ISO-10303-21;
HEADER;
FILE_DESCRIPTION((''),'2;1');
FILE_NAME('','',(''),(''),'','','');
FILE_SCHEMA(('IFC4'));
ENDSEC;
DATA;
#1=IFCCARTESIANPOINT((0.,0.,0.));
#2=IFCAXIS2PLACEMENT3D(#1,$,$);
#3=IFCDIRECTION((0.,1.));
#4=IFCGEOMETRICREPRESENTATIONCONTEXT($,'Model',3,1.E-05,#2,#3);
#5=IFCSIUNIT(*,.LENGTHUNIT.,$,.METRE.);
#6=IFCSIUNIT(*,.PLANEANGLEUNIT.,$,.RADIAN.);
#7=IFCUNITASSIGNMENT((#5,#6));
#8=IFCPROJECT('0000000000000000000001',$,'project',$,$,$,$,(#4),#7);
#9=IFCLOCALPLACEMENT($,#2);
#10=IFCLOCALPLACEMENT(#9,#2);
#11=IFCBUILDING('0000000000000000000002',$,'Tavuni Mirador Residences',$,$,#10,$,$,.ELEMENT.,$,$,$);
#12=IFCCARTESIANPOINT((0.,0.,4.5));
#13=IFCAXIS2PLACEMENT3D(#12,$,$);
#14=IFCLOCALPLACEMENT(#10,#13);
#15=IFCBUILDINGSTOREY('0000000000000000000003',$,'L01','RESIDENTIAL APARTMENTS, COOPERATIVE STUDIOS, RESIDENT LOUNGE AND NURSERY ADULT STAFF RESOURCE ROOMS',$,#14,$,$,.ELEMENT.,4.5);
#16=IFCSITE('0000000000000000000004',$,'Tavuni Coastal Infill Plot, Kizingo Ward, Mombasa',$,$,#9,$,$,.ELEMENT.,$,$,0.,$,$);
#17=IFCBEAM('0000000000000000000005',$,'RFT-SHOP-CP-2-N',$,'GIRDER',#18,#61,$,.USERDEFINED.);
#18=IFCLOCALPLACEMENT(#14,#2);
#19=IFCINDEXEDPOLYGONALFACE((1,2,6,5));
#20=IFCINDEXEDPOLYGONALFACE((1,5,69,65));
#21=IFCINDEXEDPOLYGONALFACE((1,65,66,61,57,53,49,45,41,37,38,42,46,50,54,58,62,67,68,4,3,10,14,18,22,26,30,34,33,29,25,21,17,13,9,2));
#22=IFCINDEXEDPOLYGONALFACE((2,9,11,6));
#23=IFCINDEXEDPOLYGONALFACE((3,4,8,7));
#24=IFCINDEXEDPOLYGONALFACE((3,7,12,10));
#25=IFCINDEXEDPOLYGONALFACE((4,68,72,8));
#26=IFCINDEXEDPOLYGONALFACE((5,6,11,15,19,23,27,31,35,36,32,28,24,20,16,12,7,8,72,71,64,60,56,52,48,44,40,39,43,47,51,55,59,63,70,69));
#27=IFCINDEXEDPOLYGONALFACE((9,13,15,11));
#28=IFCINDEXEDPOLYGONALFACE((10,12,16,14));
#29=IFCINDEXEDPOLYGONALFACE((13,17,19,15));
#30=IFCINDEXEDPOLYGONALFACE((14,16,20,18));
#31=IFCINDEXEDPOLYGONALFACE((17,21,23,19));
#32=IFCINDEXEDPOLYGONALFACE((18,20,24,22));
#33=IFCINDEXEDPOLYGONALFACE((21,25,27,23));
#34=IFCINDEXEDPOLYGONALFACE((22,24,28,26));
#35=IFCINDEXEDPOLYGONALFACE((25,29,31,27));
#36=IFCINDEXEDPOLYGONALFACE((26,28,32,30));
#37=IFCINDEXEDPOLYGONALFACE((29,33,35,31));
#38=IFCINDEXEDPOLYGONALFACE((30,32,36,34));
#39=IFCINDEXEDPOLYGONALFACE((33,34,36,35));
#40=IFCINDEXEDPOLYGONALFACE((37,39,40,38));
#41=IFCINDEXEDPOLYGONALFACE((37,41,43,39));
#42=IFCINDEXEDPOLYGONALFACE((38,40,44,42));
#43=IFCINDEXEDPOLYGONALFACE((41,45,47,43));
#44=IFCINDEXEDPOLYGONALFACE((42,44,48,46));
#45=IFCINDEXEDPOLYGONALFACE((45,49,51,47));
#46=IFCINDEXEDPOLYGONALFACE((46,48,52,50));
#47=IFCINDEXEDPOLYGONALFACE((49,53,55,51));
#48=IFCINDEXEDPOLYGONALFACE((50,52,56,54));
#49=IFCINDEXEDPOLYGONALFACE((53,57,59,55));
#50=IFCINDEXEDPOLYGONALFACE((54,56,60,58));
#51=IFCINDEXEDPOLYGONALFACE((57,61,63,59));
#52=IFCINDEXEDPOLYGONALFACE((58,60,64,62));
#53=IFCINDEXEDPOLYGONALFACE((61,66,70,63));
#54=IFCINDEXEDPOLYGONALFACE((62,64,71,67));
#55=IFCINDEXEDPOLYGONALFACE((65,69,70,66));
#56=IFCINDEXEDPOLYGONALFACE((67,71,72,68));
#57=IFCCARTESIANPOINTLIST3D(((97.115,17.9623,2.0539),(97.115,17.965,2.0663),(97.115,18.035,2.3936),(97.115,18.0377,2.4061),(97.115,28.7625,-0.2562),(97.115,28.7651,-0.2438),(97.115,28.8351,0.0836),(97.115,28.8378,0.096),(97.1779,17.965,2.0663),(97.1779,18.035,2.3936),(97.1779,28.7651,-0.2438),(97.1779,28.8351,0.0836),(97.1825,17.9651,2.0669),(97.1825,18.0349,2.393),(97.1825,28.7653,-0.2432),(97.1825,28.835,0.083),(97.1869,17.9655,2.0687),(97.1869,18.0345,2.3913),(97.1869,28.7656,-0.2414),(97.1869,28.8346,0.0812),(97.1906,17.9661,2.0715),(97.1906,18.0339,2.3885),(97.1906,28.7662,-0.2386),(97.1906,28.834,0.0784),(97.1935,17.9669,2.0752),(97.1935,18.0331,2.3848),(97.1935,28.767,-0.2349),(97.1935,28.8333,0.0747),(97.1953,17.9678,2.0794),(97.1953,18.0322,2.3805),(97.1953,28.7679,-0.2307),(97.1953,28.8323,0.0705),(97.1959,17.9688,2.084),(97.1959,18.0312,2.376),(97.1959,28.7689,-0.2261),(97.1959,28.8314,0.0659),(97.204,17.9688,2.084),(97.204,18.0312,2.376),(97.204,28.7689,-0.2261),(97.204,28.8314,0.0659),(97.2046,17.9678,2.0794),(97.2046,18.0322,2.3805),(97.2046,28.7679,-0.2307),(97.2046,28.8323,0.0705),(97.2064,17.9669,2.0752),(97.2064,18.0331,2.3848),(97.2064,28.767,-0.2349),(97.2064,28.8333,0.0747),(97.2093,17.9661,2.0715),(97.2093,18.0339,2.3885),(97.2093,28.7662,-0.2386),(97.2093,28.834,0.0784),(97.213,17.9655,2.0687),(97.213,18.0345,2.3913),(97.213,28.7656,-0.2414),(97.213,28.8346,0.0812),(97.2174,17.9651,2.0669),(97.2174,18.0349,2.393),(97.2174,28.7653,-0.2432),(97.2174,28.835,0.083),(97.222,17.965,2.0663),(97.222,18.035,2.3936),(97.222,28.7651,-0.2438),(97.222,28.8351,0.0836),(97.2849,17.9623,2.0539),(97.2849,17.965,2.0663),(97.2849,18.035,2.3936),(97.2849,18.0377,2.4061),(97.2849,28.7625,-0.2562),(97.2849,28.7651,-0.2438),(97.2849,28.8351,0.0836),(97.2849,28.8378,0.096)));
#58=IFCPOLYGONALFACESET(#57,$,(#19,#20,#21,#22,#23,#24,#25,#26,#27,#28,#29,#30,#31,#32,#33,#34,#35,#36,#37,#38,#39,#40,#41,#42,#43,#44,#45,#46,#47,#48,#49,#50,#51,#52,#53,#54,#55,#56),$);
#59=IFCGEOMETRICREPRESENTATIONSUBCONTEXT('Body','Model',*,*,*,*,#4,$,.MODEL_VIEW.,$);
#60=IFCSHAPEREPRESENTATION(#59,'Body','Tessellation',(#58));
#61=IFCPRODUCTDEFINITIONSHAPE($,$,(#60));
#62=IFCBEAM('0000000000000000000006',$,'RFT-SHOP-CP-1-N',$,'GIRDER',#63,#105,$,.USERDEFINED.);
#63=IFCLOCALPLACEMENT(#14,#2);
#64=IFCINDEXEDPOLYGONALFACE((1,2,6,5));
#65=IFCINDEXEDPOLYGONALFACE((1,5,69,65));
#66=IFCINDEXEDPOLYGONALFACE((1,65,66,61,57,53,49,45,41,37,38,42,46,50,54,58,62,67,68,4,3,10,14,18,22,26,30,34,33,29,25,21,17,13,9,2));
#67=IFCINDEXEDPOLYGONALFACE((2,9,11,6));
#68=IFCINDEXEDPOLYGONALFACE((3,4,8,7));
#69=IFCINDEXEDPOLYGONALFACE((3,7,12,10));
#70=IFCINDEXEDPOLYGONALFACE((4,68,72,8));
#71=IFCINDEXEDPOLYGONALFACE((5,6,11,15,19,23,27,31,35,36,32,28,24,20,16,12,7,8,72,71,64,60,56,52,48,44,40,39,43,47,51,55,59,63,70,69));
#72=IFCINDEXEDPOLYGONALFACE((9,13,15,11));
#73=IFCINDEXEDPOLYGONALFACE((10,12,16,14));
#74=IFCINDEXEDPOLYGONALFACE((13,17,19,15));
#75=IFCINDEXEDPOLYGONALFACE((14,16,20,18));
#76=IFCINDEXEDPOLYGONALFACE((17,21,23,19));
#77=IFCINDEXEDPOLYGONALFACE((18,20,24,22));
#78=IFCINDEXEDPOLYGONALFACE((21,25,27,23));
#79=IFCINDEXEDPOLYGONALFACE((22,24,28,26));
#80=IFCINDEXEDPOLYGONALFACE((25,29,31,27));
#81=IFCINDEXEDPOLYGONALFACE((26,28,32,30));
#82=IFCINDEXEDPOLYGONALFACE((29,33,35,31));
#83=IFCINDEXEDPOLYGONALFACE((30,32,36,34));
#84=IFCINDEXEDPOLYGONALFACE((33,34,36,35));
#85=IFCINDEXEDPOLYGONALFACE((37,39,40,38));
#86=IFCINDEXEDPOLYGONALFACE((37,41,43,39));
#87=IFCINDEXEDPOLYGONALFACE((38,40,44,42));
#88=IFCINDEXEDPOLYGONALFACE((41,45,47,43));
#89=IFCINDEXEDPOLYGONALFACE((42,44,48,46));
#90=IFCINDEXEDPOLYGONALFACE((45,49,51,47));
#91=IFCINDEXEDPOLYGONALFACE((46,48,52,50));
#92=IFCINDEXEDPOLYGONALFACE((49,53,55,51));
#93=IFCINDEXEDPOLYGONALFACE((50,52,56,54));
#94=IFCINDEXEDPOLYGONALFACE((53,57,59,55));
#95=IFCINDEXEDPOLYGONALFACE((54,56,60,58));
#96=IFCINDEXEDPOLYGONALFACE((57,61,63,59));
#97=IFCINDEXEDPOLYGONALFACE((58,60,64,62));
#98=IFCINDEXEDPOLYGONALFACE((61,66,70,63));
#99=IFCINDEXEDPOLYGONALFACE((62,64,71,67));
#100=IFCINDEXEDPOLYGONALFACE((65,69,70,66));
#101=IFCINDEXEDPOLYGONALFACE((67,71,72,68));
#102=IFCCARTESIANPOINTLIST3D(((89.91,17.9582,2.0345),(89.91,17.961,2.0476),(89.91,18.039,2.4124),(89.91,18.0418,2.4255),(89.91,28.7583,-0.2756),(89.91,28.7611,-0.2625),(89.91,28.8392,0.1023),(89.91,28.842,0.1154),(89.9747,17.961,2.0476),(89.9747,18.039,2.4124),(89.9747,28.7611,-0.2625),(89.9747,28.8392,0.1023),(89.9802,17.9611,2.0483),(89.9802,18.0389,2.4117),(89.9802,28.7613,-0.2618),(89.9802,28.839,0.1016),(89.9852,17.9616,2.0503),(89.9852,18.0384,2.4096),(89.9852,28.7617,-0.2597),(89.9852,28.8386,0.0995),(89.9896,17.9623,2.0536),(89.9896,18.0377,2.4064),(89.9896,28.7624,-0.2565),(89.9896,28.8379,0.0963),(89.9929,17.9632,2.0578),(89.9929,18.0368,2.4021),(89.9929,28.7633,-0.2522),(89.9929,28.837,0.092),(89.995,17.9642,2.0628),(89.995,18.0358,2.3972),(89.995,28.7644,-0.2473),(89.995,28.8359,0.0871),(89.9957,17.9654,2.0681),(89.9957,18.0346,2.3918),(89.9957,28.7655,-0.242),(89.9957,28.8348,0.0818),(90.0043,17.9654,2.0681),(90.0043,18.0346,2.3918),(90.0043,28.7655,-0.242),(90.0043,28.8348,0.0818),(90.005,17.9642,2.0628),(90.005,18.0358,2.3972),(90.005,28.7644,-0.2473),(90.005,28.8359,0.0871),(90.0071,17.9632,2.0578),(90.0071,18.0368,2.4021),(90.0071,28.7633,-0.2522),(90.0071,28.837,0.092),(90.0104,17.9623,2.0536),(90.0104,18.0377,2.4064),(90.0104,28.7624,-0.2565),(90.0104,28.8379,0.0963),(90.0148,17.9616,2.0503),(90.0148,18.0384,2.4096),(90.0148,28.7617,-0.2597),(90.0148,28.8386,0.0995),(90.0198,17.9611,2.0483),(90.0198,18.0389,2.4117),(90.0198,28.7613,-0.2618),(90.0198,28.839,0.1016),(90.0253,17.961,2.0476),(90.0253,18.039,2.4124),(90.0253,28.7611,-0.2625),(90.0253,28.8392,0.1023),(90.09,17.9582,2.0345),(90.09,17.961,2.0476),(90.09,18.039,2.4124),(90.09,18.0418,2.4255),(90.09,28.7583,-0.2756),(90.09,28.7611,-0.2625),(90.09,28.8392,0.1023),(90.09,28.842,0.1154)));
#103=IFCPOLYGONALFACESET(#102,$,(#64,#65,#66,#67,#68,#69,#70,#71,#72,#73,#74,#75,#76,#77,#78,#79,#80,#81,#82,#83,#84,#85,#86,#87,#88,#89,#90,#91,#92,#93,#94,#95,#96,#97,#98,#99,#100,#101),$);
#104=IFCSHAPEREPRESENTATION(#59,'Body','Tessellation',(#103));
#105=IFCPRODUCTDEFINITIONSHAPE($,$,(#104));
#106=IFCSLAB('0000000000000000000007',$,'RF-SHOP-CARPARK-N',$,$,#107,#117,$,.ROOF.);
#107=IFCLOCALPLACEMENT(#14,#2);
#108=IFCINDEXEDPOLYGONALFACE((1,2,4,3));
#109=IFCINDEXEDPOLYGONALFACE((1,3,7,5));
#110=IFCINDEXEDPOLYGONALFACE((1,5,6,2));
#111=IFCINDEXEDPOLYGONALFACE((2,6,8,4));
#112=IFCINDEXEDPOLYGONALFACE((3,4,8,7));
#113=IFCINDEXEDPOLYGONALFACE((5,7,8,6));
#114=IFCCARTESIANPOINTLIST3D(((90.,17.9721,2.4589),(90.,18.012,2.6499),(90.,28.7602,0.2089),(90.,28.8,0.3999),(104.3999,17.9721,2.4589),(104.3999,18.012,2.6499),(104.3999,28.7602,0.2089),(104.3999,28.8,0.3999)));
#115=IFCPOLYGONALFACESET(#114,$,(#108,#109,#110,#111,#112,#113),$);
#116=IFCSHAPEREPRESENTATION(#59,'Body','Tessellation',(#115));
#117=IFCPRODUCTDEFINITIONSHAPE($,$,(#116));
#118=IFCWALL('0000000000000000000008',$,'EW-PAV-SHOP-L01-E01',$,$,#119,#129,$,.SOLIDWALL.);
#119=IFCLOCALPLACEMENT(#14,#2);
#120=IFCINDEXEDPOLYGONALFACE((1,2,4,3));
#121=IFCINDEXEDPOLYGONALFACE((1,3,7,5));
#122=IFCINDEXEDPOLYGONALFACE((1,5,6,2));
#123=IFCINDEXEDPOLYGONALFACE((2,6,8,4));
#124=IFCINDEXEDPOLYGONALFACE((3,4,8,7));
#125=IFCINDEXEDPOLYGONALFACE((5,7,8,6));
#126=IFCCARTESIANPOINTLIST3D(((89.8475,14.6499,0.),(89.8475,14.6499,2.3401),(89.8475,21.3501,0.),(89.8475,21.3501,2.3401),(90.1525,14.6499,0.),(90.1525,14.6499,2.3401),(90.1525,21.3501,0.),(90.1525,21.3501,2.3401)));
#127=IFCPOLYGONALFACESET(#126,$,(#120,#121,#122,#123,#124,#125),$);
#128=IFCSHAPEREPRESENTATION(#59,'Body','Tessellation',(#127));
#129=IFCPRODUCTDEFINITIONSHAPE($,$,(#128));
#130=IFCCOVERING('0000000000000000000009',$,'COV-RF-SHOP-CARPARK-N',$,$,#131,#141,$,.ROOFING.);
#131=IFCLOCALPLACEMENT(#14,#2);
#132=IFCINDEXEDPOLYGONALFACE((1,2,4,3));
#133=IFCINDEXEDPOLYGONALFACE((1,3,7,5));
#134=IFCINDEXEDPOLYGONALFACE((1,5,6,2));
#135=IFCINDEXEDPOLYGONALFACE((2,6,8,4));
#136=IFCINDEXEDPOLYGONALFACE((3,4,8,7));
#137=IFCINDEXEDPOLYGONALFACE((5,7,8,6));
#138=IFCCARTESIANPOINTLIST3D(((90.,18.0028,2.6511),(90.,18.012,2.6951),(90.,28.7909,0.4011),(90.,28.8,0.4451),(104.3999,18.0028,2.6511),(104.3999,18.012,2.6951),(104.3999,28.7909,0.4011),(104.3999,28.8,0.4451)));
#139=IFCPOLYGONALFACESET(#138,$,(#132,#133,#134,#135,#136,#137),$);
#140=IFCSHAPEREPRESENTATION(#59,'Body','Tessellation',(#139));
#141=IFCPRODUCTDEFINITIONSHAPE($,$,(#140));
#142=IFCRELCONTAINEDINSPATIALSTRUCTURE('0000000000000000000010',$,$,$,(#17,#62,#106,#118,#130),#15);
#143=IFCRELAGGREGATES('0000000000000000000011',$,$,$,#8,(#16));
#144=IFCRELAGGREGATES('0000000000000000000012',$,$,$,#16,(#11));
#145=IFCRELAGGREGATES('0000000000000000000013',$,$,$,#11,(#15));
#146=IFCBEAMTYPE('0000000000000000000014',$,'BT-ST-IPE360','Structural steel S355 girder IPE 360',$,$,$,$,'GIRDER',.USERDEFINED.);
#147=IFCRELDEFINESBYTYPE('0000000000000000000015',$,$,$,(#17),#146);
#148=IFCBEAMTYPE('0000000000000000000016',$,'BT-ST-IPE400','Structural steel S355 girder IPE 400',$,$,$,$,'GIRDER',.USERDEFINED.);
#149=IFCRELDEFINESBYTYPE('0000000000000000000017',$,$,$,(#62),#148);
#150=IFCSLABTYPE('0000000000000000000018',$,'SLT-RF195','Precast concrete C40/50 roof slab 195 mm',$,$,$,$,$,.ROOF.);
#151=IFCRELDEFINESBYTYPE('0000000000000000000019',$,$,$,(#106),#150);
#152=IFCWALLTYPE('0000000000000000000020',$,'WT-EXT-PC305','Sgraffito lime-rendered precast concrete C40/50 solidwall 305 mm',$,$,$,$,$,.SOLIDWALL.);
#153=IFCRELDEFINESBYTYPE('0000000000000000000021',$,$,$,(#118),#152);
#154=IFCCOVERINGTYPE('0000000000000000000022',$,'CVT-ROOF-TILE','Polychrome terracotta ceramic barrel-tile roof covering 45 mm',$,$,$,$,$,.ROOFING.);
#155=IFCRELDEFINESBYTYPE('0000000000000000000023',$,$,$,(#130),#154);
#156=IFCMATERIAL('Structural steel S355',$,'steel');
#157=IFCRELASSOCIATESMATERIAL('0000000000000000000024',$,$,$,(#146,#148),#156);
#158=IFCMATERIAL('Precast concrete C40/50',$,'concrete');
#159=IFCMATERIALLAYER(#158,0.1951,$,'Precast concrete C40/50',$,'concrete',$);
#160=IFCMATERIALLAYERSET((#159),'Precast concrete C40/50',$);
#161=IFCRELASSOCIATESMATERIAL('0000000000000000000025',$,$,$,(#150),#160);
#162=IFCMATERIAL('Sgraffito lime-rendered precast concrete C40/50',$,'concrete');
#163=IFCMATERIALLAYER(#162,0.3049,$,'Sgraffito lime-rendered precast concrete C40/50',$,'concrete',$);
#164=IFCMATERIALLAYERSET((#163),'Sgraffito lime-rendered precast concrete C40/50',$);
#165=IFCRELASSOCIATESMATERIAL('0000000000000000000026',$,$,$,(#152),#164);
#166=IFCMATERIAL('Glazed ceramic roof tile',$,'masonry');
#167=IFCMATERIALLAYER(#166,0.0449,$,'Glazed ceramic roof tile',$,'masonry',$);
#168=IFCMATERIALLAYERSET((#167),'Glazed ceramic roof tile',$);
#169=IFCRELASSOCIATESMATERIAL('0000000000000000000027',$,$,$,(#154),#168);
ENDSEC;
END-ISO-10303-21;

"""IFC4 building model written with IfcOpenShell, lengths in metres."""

from ifc_helpers import new_model, si_unit, direction, frame, frame_2d, origin, origin_2d, place, context, subcontext, project, spatial, polyline, rectangle, i_section, outline, extrude, material, layer, layer_set, material_profile, profile_set, type_object, element, save


model = new_model("IFC4")

# Units and contexts
model_context = context("Model", 3, precision=1e-05, world=origin(), true_north=direction((0.0, 1.0)))
body_context = subcontext(model_context, "Body", "Model", "MODEL_VIEW")
ifc_project = project(units=[si_unit("LENGTHUNIT", "METRE"), si_unit("PLANEANGLEUNIT", "RADIAN")], contexts=[model_context])

# Site, building, storey
site_placement = place(None, origin())
site = spatial("IfcSite", under=ifc_project, at=site_placement, Name="Tavuni Coastal Infill Plot, Kizingo Ward, Mombasa", CompositionType="ELEMENT", RefElevation=0.0)
building_placement = place(site_placement, origin())
building = spatial("IfcBuilding", under=site, at=building_placement, Name="Tavuni Mirador Residences", CompositionType="ELEMENT")
storey_placement = place(building_placement, frame((0.0, 0.0, 4.5)))
storey = spatial("IfcBuildingStorey", under=building, at=storey_placement, Name="L01", Description="RESIDENTIAL APARTMENTS, COOPERATIVE STUDIOS, RESIDENT LOUNGE AND NURSERY ADULT STAFF RESOURCE ROOMS", CompositionType="ELEMENT", Elevation=4.5)

# Shared definitions
ifc_material_1 = material(Name="Precast concrete C40/50", Category="concrete")
ifc_material_2 = material(Name="Structural steel S355", Category="steel")

# Beams
ifc_material_profile_1 = material_profile(ifc_material_2, i_section(OverallWidth=0.1699, OverallDepth=0.3601, WebThickness=0.0081, FlangeThickness=0.0127, FilletRadius=0.0181, at=origin_2d()), Name="IPE 360", Category="steel")
ifc_profile_set_1 = profile_set([ifc_material_profile_1], Name="Structural steel S355")
beam_type_1 = type_object("IfcBeamType", Name="BT-ST-IPE360", Description="Structural steel S355 girder IPE 360", ElementType="GIRDER", PredefinedType="USERDEFINED", material=ifc_profile_set_1)
for number, where, z_axis, x_axis, name in (
    (1, (97.2, 18.0, 2.23), (0.0, 0.977881, -0.209162), (-1.0, 0.0, 0.0), "RFT-SHOP-CP-2-N"),
):
    element("IfcBeam", number, at=place(storey_placement, frame(where, z_axis=z_axis, x_axis=x_axis)), inside=storey, type_object=beam_type_1, Name=name, ObjectType="GIRDER", PredefinedType="USERDEFINED", context=body_context, shape_type="SweptSolid", body=[
        extrude(i_section(OverallWidth=0.1699, OverallDepth=0.3601, WebThickness=0.0081, FlangeThickness=0.0127, FilletRadius=0.0181, at=origin_2d()), origin(), (0.0, 0.0, 1.0), 11.0444),
    ])
ifc_material_profile_2 = material_profile(ifc_material_2, i_section(OverallWidth=0.1799, OverallDepth=0.3999, WebThickness=0.0085, FlangeThickness=0.0134, FilletRadius=0.021, at=origin_2d()), Name="IPE 400", Category="steel")
ifc_profile_set_2 = profile_set([ifc_material_profile_2], Name="Structural steel S355")
beam_type_2 = type_object("IfcBeamType", Name="BT-ST-IPE400", Description="Structural steel S355 girder IPE 400", ElementType="GIRDER", PredefinedType="USERDEFINED", material=ifc_profile_set_2)
beam_1_placement = place(storey_placement, frame((90.0, 18.0, 2.23), z_axis=(0.0, 0.977881, -0.209162), x_axis=(-1.0, 0.0, 0.0)))
element("IfcBeam", 2, at=beam_1_placement, inside=storey, type_object=beam_type_2, Name="RFT-SHOP-CP-1-N", ObjectType="GIRDER", PredefinedType="USERDEFINED", context=body_context, shape_type="SweptSolid", body=[
    extrude(i_section(OverallWidth=0.1799, OverallDepth=0.3999, WebThickness=0.0085, FlangeThickness=0.0134, FilletRadius=0.021, at=origin_2d()), origin(), (0.0, 0.0, 1.0), 11.0444),
])

# Slab
ifc_layer_1 = layer(ifc_material_1, 0.1951, Name="Precast concrete C40/50", Category="concrete")
ifc_layer_set_1 = layer_set([ifc_layer_1], Name="Precast concrete C40/50")
slab_type = type_object("IfcSlabType", Name="SLT-RF195", Description="Precast concrete C40/50 roof slab 195 mm", PredefinedType="ROOF", material=ifc_layer_set_1)
slab_placement = place(storey_placement, frame((90.0, 18.012, 2.6499), z_axis=(0.0, 0.20417, 0.978935), x_axis=(1.0, 0.0, 0.0)))
element("IfcSlab", 3, at=slab_placement, inside=storey, type_object=slab_type, Name="RF-SHOP-CARPARK-N", PredefinedType="ROOF", context=body_context, shape_type="SweptSolid", body=[
    extrude(outline(polyline([(0.0, 0.0), (14.3999, 0.0), (14.3999, 11.0202), (0.0, 11.0202), (0.0, 0.0)])), origin(), (0.0, 0.0, -1.0), 0.1951),
])

# Wall
ifc_material_3 = material(Name="Sgraffito lime-rendered precast concrete C40/50", Category="concrete")
ifc_layer_2 = layer(ifc_material_3, 0.3049, Name="Sgraffito lime-rendered precast concrete C40/50", Category="concrete")
ifc_layer_set_2 = layer_set([ifc_layer_2], Name="Sgraffito lime-rendered precast concrete C40/50")
wall_type = type_object("IfcWallType", Name="WT-EXT-PC305", Description="Sgraffito lime-rendered precast concrete C40/50 solidwall 305 mm", PredefinedType="SOLIDWALL", material=ifc_layer_set_2)
wall_placement = place(storey_placement, frame((90.0, 14.6499, 0.0), z_axis=(0.0, 0.0, 1.0), x_axis=(0.0, 1.0, 0.0)))
element("IfcWall", 4, at=wall_placement, inside=storey, type_object=wall_type, Name="EW-PAV-SHOP-L01-E01", PredefinedType="SOLIDWALL", context=body_context, shape_type="SweptSolid", body=[
    extrude(rectangle(XDim=6.7002, YDim=0.3049, at=frame_2d((3.3501, 0.0))), origin(), (0.0, 0.0, 1.0), 2.3401),
])

# Covering
ifc_material_4 = material(Name="Glazed ceramic roof tile", Category="masonry")
ifc_layer_3 = layer(ifc_material_4, 0.0449, Name="Glazed ceramic roof tile", Category="masonry")
ifc_layer_set_3 = layer_set([ifc_layer_3], Name="Glazed ceramic roof tile")
covering_type = type_object("IfcCoveringType", Name="CVT-ROOF-TILE", Description="Polychrome terracotta ceramic barrel-tile roof covering 45 mm", PredefinedType="ROOFING", material=ifc_layer_set_3)
covering_placement = place(storey_placement, frame((90.0, 18.012, 2.6951), z_axis=(0.0, 0.20417, 0.978935), x_axis=(1.0, 0.0, 0.0)))
element("IfcCovering", 5, at=covering_placement, inside=storey, type_object=covering_type, Name="COV-RF-SHOP-CARPARK-N", PredefinedType="ROOFING", context=body_context, shape_type="SweptSolid", body=[
    extrude(outline(polyline([(0.0, 0.0), (14.3999, 0.0), (14.3999, 11.0202), (0.0, 11.0202), (0.0, 0.0)])), origin(), (0.0, 0.0, -1.0), 0.0449),
])

save(model, "model.ifc")
